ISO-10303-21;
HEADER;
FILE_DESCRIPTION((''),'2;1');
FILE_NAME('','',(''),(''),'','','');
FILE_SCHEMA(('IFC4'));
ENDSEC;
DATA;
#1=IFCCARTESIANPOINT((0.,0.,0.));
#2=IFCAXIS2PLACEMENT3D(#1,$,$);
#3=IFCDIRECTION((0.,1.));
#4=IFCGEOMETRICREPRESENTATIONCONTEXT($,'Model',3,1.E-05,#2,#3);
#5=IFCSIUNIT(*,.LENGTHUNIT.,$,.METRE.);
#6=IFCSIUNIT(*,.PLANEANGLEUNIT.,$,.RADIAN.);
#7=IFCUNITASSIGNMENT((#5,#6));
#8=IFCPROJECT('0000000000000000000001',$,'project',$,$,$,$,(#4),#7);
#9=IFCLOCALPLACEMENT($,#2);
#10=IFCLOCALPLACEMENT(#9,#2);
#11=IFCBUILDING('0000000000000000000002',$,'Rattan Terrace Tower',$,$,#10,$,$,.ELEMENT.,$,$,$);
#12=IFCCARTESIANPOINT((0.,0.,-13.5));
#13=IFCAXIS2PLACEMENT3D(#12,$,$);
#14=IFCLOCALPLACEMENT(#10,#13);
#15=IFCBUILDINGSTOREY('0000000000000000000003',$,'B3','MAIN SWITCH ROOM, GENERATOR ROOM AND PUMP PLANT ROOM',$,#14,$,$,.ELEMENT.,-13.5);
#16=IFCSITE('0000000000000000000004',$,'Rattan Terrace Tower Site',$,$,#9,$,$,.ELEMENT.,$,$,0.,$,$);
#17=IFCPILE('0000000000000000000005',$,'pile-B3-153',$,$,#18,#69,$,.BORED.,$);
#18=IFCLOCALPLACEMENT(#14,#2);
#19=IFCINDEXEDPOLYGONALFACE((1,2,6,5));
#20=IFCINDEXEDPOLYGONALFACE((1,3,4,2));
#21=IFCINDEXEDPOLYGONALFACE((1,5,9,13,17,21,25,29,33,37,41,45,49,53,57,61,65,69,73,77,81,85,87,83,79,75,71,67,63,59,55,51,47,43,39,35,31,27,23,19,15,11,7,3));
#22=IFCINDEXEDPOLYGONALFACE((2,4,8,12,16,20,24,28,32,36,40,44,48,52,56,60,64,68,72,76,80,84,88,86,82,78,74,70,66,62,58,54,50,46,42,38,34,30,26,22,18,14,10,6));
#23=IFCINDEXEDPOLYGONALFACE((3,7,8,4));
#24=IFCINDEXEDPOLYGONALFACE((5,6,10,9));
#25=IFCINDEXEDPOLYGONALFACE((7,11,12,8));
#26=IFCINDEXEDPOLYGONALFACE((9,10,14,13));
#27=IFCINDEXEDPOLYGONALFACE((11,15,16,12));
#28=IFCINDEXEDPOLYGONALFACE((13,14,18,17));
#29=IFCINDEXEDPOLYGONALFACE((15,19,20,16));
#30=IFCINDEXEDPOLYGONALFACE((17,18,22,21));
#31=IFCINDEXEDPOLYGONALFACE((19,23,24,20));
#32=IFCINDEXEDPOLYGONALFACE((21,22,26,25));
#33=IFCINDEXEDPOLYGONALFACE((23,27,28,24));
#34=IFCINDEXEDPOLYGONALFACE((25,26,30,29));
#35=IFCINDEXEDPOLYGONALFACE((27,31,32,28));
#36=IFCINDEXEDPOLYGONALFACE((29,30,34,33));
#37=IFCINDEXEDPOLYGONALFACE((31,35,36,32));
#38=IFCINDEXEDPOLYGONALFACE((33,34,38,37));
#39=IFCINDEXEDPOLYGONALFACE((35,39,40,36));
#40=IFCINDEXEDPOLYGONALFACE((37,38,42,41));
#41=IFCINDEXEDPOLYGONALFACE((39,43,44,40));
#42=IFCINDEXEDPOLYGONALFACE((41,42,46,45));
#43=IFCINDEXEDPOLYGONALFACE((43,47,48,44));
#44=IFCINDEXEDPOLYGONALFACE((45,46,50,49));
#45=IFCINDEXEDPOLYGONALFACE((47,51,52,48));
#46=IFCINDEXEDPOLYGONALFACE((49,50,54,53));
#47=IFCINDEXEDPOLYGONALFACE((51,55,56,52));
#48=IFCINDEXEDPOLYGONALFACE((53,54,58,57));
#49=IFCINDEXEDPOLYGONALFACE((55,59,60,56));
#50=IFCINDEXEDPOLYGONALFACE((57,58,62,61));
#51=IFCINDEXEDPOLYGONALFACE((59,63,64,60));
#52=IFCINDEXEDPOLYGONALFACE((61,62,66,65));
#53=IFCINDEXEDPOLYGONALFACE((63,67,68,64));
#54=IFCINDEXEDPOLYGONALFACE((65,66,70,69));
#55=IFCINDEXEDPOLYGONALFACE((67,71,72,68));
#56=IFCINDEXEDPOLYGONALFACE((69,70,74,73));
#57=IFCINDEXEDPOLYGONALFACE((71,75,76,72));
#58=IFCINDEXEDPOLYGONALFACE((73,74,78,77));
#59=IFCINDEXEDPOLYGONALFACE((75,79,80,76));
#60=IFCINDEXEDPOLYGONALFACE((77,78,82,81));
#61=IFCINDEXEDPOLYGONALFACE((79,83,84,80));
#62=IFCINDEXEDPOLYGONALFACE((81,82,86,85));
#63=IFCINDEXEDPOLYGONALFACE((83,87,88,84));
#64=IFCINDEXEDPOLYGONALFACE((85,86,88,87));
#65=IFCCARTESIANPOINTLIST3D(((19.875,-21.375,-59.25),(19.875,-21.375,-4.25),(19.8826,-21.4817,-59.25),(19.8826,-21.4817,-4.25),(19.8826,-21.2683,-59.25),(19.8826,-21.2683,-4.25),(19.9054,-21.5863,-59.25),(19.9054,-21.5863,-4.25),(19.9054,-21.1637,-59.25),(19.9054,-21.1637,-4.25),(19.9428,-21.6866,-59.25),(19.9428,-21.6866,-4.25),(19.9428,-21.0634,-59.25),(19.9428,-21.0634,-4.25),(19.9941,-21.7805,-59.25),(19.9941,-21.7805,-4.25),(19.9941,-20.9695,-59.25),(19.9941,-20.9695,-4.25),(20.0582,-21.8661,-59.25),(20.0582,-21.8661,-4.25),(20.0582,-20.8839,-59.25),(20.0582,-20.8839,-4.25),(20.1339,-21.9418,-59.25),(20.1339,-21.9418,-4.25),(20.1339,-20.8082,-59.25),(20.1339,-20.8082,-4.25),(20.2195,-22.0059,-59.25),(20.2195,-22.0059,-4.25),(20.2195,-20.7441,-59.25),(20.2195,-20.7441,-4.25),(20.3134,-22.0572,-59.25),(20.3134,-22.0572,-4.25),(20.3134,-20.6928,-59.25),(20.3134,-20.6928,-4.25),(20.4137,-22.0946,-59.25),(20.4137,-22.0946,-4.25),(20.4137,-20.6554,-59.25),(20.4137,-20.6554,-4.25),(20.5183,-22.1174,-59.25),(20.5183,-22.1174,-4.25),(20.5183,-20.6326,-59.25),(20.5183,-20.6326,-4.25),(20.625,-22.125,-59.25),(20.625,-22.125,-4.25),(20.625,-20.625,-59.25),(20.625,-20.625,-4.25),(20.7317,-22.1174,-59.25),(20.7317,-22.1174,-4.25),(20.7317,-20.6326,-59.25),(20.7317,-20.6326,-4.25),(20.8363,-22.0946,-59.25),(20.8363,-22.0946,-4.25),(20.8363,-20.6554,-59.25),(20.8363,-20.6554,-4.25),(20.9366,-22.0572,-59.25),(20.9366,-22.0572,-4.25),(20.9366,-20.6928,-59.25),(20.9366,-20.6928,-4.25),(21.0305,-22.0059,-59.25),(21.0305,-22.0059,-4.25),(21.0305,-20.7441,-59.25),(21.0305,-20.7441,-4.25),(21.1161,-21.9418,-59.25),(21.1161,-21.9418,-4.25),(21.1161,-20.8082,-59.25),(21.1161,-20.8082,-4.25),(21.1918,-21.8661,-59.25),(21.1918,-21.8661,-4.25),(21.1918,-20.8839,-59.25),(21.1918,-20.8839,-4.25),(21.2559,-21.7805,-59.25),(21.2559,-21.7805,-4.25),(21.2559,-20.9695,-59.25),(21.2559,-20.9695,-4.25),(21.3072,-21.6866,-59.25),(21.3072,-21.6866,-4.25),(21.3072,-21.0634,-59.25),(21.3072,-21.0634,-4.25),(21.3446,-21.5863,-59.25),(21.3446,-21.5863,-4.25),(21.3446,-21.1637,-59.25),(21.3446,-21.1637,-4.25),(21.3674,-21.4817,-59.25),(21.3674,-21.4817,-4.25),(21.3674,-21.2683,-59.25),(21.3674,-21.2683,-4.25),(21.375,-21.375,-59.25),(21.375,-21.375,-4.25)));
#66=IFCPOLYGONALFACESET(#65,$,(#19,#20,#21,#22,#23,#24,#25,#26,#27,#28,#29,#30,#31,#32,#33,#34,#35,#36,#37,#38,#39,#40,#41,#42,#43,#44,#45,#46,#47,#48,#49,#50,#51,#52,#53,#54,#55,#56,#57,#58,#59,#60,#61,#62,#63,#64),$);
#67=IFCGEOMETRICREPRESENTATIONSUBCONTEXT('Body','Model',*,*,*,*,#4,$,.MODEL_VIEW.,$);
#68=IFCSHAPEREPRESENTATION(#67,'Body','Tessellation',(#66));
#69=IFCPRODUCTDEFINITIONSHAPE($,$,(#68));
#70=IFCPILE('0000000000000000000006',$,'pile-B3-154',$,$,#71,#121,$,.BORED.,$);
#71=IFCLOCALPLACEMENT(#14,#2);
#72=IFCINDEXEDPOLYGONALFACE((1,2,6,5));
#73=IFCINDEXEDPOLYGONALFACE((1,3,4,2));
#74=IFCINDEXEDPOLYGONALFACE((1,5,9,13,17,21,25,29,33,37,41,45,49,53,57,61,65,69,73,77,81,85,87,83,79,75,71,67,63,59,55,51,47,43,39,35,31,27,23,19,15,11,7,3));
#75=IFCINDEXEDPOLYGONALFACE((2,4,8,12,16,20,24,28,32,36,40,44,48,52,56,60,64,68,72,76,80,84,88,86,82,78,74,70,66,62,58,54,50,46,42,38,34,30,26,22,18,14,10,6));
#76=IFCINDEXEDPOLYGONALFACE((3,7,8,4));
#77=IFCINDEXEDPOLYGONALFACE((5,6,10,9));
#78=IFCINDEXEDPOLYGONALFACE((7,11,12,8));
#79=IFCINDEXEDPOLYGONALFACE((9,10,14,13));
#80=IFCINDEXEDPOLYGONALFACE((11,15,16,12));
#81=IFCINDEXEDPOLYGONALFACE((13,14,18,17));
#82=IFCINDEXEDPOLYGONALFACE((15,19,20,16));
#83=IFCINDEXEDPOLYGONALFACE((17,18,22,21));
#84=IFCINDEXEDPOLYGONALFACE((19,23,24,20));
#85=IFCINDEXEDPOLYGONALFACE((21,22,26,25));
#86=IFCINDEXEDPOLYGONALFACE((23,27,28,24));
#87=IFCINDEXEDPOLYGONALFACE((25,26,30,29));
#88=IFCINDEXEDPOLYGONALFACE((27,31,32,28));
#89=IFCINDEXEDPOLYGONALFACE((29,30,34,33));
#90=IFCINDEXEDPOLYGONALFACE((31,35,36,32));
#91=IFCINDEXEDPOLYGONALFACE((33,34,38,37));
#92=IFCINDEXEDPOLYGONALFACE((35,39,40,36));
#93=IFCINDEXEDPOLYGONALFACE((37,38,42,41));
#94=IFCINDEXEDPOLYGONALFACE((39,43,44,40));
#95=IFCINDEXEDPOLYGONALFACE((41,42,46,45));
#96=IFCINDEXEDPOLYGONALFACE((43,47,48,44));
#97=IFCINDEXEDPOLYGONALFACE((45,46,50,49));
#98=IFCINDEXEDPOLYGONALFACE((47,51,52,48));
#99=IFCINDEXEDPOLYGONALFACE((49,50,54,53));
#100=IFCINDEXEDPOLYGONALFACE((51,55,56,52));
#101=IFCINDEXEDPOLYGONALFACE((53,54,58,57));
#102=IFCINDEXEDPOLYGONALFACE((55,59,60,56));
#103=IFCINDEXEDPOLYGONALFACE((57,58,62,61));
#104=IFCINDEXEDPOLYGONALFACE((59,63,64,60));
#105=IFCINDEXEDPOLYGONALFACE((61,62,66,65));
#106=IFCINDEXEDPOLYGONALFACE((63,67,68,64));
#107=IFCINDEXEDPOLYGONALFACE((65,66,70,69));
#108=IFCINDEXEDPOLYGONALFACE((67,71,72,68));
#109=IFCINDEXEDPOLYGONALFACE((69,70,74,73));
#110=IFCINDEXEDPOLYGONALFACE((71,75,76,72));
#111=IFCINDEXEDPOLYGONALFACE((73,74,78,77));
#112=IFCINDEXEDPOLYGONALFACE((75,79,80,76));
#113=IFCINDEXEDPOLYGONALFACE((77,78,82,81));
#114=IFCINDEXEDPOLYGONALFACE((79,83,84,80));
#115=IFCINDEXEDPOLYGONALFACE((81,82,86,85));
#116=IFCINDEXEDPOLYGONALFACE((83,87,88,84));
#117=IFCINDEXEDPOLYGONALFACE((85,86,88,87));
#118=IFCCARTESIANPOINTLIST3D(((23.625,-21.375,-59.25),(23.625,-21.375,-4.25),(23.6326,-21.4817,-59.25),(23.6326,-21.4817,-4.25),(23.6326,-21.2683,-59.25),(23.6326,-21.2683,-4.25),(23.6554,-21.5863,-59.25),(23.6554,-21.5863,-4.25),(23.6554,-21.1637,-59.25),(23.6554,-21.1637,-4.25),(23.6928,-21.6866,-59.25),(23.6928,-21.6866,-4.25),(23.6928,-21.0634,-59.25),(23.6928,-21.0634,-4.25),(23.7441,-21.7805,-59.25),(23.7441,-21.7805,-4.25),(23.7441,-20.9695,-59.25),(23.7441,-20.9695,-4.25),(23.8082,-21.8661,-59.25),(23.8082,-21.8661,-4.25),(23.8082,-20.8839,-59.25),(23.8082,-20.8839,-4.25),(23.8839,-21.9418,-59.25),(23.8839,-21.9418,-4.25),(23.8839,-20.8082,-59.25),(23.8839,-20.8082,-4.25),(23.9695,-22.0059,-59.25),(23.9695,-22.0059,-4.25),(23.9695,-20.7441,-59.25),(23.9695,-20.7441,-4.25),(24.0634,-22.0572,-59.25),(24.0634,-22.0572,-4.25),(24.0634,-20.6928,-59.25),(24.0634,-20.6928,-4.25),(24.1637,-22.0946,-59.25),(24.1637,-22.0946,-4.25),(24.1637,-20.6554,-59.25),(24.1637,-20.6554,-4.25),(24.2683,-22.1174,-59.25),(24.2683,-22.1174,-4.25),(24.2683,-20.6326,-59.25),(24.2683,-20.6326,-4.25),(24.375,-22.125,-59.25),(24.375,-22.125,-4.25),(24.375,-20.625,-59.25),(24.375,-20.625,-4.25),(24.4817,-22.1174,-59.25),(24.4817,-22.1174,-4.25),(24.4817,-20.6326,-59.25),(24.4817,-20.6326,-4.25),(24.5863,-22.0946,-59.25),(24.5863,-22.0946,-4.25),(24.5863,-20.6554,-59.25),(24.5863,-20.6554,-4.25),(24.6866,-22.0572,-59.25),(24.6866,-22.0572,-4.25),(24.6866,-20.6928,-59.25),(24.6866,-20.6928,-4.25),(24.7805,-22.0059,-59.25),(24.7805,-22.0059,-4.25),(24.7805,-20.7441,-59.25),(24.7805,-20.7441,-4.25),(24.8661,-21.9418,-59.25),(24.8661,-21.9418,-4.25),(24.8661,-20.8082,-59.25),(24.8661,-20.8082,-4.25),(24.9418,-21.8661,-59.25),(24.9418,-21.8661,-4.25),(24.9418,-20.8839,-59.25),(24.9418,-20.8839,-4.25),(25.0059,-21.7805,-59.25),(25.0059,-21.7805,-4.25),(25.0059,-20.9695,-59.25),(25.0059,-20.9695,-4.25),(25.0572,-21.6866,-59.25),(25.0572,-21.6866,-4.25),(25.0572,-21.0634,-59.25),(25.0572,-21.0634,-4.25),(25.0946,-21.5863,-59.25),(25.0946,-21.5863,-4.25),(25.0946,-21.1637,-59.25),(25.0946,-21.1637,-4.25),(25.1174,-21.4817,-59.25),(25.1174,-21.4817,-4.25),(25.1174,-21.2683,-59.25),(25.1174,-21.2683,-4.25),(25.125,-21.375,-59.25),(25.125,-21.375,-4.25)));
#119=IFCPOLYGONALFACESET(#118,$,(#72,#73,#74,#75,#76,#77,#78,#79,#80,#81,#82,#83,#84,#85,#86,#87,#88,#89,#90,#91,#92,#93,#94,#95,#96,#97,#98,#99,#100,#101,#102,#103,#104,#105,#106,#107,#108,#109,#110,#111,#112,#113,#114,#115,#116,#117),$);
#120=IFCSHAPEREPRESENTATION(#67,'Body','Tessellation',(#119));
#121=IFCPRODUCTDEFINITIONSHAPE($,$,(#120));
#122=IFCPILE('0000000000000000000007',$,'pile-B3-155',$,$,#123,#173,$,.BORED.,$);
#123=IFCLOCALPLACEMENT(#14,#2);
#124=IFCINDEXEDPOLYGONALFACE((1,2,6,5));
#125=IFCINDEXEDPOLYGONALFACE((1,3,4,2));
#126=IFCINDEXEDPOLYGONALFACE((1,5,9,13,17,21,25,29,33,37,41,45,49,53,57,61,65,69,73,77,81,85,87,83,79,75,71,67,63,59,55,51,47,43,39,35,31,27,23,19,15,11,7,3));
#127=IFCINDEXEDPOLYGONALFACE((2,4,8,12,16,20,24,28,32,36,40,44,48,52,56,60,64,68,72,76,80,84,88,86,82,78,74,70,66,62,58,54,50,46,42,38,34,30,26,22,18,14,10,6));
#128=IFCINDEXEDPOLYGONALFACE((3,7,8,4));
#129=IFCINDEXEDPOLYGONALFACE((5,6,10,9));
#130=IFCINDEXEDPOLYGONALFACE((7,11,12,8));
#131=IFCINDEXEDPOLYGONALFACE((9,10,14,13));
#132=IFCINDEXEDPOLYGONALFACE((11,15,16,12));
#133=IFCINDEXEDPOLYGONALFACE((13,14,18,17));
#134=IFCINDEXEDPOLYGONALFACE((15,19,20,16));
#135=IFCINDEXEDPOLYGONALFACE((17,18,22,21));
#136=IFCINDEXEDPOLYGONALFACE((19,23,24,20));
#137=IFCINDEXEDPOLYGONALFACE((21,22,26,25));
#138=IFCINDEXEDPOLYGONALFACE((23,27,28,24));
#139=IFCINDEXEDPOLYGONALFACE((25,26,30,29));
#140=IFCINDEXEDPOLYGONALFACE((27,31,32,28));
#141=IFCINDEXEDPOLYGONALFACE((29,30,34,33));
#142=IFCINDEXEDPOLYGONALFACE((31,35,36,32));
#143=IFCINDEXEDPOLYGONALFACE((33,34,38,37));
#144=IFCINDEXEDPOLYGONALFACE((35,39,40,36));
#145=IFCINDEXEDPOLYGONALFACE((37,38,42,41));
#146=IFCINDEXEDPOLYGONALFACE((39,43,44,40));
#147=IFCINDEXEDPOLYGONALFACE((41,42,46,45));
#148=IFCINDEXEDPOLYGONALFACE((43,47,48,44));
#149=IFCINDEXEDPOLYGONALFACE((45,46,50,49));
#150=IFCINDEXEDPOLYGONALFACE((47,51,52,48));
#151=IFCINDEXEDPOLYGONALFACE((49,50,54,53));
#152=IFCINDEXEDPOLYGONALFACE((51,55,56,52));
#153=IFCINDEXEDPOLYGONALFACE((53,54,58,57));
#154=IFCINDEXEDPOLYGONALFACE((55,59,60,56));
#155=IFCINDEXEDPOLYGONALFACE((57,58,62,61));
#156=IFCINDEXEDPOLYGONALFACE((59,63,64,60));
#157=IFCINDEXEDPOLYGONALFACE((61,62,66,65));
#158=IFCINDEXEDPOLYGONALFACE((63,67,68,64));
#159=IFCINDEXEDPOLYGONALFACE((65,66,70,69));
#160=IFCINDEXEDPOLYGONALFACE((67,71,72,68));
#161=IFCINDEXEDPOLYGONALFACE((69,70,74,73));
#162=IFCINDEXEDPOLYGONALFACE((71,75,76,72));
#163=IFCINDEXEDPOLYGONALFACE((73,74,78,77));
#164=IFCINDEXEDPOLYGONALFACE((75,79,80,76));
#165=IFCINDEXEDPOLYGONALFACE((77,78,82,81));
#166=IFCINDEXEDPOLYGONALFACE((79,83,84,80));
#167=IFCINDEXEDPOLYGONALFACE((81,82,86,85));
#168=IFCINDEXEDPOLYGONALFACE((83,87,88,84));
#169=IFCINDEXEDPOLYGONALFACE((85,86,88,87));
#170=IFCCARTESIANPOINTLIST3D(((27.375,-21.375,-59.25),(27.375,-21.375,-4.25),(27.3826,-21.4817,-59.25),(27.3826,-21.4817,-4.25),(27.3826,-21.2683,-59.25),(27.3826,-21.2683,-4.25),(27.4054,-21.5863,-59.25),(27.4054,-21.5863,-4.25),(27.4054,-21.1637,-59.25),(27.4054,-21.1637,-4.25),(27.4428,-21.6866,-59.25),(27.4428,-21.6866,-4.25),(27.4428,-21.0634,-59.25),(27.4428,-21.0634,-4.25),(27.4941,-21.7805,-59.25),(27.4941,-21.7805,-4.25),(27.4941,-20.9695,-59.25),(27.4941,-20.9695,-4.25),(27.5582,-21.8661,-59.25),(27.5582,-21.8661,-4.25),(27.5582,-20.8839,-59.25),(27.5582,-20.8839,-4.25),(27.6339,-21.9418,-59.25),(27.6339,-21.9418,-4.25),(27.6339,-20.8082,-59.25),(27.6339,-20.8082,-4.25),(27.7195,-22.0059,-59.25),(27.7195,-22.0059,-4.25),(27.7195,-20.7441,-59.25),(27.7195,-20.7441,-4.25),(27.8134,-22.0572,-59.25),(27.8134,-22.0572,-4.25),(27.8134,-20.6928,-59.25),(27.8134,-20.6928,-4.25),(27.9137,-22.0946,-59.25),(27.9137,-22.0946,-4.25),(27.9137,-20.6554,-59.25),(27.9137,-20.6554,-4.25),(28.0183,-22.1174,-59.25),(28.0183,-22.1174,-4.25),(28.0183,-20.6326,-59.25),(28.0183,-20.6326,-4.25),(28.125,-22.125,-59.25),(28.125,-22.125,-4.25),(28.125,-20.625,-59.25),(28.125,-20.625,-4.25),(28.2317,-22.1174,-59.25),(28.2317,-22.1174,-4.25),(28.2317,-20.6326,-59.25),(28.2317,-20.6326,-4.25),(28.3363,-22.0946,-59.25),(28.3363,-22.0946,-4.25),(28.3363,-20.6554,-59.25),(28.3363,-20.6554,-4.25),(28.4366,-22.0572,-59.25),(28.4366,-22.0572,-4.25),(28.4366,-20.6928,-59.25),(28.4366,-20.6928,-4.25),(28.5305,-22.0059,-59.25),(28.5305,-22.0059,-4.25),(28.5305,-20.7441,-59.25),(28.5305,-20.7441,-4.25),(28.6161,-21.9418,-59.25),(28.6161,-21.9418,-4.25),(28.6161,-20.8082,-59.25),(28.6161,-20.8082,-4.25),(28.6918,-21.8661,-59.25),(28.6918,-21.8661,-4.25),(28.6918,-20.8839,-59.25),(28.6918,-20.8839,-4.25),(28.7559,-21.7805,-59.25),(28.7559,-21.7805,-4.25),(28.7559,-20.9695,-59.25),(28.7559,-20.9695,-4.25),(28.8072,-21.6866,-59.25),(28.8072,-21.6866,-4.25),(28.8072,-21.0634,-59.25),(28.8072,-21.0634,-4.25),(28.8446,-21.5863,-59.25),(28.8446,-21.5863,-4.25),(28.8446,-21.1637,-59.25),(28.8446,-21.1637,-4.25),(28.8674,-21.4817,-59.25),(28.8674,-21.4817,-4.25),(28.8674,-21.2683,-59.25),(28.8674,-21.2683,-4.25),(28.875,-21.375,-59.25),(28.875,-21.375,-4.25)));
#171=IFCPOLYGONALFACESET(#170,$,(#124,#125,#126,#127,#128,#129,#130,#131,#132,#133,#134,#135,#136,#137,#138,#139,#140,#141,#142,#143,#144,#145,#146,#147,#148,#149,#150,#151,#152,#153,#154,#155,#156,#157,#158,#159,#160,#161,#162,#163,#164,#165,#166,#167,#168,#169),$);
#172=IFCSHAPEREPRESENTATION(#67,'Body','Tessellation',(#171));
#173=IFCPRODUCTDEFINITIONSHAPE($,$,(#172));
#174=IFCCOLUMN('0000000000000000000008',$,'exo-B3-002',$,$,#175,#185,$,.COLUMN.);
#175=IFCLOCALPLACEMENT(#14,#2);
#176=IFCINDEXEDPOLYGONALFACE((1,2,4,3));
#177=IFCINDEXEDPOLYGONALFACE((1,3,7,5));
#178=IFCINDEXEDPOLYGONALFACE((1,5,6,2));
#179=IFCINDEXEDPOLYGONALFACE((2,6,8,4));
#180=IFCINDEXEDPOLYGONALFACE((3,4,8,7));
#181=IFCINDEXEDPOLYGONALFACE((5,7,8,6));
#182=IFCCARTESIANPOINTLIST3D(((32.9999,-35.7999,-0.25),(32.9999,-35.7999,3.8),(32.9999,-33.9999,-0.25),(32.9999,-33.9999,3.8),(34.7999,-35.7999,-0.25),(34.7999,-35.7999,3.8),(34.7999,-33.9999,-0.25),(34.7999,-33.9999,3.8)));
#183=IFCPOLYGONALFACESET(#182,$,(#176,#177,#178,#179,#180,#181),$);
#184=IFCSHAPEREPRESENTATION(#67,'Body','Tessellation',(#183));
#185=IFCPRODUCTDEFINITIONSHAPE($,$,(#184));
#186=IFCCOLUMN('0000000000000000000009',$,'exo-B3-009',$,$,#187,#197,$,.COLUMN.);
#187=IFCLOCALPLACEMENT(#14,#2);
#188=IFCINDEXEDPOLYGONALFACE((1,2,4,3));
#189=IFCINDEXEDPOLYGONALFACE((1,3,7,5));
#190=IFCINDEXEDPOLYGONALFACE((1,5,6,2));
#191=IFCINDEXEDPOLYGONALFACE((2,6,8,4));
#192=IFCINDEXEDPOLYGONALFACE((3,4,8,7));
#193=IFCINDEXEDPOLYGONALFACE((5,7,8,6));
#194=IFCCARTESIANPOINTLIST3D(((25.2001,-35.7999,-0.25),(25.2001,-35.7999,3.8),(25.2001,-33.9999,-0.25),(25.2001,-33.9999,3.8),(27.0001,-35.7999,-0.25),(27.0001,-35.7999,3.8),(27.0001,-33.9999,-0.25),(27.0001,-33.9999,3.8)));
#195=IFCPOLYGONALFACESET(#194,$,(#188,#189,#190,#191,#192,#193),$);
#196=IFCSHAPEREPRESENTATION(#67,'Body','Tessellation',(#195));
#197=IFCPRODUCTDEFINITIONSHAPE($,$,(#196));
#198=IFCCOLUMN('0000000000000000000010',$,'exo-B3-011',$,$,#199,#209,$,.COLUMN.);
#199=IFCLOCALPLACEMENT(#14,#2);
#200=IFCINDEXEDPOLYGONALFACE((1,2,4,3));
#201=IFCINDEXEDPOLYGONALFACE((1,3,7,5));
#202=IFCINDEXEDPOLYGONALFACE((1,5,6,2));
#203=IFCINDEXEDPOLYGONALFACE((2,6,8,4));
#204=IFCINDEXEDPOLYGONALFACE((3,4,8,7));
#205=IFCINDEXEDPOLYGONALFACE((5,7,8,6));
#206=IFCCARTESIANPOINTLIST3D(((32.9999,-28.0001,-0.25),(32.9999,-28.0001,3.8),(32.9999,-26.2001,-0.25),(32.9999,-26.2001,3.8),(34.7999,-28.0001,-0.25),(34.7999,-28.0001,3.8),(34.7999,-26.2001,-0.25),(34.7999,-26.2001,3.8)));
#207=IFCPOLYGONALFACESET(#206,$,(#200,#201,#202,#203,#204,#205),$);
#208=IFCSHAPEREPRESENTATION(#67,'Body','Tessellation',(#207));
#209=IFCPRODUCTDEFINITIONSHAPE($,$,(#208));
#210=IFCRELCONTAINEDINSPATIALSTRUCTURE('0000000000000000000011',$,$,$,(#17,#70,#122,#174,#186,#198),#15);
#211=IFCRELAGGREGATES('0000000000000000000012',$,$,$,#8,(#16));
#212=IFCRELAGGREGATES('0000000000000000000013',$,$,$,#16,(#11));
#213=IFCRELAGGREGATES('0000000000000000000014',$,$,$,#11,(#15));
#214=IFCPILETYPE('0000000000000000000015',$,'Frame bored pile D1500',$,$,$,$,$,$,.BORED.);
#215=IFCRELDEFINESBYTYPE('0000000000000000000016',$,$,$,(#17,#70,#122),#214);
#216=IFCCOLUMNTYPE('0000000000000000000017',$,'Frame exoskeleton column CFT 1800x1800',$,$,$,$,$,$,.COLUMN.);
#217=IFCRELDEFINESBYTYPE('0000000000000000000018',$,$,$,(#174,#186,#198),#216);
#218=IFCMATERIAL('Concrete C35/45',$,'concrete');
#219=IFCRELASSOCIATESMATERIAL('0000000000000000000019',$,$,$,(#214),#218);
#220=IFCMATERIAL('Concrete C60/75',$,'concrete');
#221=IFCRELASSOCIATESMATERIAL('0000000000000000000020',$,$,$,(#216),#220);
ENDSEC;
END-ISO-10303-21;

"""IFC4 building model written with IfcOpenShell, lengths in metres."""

from ifc_helpers import new_model, si_unit, direction, frame, origin, origin_2d, place, context, subcontext, project, spatial, rectangle, circle, extrude, material, material_profile, profile_set, type_object, element, save


model = new_model("IFC4")

# Units and contexts
model_context = context("Model", 3, precision=1e-05, world=origin(), true_north=direction((0.0, 1.0)))
body_context = subcontext(model_context, "Body", "Model", "MODEL_VIEW")
ifc_project = project(units=[si_unit("LENGTHUNIT", "METRE"), si_unit("PLANEANGLEUNIT", "RADIAN")], contexts=[model_context])

# Site, building, storey
site_placement = place(None, origin())
site = spatial("IfcSite", under=ifc_project, at=site_placement, Name="Rattan Terrace Tower Site", CompositionType="ELEMENT", RefElevation=0.0)
building_placement = place(site_placement, origin())
building = spatial("IfcBuilding", under=site, at=building_placement, Name="Rattan Terrace Tower", CompositionType="ELEMENT")
storey_placement = place(building_placement, frame((0.0, 0.0, -13.5)))
storey = spatial("IfcBuildingStorey", under=building, at=storey_placement, Name="B3", Description="MAIN SWITCH ROOM, GENERATOR ROOM AND PUMP PLANT ROOM", CompositionType="ELEMENT", Elevation=-13.5)

# Piles
ifc_material_1 = material(Name="Concrete C35/45", Category="concrete")
ifc_material_profile_1 = material_profile(ifc_material_1, circle(Radius=0.75, at=origin_2d()), Name="PILE D1500")
ifc_profile_set_1 = profile_set([ifc_material_profile_1], Name="Concrete C35/45")
pile_type = type_object("IfcPileType", Name="Frame bored pile D1500", PredefinedType="BORED", material=ifc_profile_set_1)
for number, where, z_axis, x_axis, name in (
    (1, (20.625, -21.375, -4.25), (0.0, 0.0, -1.0), (1.0, 0.0, 0.0), "pile-B3-153"),
    (2, (24.375, -21.375, -4.25), (0.0, 0.0, -1.0), (1.0, 0.0, 0.0), "pile-B3-154"),
    (3, (28.125, -21.375, -4.25), (0.0, 0.0, -1.0), (1.0, 0.0, 0.0), "pile-B3-155"),
):
    element("IfcPile", number, at=place(storey_placement, frame(where, z_axis=z_axis, x_axis=x_axis)), inside=storey, type_object=pile_type, Name=name, PredefinedType="BORED", context=body_context, shape_type="SweptSolid", body=[
        extrude(circle(Radius=0.75, at=origin_2d()), origin(), (0.0, 0.0, 1.0), 55.0),
    ])

# Columns
ifc_material_2 = material(Name="Concrete C60/75", Category="concrete")
ifc_material_profile_2 = material_profile(ifc_material_2, rectangle(XDim=1.8, YDim=1.8, at=origin_2d()), Name="CFT 1800x1800")
ifc_profile_set_2 = profile_set([ifc_material_profile_2], Name="Concrete C60/75")
column_type_1 = type_object("IfcColumnType", Name="Frame exoskeleton column CFT 1800x1800", PredefinedType="COLUMN", material=ifc_profile_set_2)
for number, where, z_axis, x_axis, name in (
    (4, (33.8999, -34.8999, -0.25), (0.0, 0.0, 1.0), (1.0, 0.0, 0.0), "exo-B3-002"),
    (5, (26.1001, -34.8999, -0.25), (0.0, 0.0, 1.0), (1.0, 0.0, 0.0), "exo-B3-009"),
    (6, (33.8999, -27.1001, -0.25), (0.0, 0.0, 1.0), (0.0, 1.0, 0.0), "exo-B3-011"),
):
    element("IfcColumn", number, at=place(storey_placement, frame(where, z_axis=z_axis, x_axis=x_axis)), inside=storey, type_object=column_type_1, Name=name, PredefinedType="COLUMN", context=body_context, shape_type="SweptSolid", body=[
        extrude(rectangle(XDim=1.8, YDim=1.8, at=origin_2d()), origin(), (0.0, 0.0, 1.0), 4.05),
    ])

save(model, "model.ifc")
